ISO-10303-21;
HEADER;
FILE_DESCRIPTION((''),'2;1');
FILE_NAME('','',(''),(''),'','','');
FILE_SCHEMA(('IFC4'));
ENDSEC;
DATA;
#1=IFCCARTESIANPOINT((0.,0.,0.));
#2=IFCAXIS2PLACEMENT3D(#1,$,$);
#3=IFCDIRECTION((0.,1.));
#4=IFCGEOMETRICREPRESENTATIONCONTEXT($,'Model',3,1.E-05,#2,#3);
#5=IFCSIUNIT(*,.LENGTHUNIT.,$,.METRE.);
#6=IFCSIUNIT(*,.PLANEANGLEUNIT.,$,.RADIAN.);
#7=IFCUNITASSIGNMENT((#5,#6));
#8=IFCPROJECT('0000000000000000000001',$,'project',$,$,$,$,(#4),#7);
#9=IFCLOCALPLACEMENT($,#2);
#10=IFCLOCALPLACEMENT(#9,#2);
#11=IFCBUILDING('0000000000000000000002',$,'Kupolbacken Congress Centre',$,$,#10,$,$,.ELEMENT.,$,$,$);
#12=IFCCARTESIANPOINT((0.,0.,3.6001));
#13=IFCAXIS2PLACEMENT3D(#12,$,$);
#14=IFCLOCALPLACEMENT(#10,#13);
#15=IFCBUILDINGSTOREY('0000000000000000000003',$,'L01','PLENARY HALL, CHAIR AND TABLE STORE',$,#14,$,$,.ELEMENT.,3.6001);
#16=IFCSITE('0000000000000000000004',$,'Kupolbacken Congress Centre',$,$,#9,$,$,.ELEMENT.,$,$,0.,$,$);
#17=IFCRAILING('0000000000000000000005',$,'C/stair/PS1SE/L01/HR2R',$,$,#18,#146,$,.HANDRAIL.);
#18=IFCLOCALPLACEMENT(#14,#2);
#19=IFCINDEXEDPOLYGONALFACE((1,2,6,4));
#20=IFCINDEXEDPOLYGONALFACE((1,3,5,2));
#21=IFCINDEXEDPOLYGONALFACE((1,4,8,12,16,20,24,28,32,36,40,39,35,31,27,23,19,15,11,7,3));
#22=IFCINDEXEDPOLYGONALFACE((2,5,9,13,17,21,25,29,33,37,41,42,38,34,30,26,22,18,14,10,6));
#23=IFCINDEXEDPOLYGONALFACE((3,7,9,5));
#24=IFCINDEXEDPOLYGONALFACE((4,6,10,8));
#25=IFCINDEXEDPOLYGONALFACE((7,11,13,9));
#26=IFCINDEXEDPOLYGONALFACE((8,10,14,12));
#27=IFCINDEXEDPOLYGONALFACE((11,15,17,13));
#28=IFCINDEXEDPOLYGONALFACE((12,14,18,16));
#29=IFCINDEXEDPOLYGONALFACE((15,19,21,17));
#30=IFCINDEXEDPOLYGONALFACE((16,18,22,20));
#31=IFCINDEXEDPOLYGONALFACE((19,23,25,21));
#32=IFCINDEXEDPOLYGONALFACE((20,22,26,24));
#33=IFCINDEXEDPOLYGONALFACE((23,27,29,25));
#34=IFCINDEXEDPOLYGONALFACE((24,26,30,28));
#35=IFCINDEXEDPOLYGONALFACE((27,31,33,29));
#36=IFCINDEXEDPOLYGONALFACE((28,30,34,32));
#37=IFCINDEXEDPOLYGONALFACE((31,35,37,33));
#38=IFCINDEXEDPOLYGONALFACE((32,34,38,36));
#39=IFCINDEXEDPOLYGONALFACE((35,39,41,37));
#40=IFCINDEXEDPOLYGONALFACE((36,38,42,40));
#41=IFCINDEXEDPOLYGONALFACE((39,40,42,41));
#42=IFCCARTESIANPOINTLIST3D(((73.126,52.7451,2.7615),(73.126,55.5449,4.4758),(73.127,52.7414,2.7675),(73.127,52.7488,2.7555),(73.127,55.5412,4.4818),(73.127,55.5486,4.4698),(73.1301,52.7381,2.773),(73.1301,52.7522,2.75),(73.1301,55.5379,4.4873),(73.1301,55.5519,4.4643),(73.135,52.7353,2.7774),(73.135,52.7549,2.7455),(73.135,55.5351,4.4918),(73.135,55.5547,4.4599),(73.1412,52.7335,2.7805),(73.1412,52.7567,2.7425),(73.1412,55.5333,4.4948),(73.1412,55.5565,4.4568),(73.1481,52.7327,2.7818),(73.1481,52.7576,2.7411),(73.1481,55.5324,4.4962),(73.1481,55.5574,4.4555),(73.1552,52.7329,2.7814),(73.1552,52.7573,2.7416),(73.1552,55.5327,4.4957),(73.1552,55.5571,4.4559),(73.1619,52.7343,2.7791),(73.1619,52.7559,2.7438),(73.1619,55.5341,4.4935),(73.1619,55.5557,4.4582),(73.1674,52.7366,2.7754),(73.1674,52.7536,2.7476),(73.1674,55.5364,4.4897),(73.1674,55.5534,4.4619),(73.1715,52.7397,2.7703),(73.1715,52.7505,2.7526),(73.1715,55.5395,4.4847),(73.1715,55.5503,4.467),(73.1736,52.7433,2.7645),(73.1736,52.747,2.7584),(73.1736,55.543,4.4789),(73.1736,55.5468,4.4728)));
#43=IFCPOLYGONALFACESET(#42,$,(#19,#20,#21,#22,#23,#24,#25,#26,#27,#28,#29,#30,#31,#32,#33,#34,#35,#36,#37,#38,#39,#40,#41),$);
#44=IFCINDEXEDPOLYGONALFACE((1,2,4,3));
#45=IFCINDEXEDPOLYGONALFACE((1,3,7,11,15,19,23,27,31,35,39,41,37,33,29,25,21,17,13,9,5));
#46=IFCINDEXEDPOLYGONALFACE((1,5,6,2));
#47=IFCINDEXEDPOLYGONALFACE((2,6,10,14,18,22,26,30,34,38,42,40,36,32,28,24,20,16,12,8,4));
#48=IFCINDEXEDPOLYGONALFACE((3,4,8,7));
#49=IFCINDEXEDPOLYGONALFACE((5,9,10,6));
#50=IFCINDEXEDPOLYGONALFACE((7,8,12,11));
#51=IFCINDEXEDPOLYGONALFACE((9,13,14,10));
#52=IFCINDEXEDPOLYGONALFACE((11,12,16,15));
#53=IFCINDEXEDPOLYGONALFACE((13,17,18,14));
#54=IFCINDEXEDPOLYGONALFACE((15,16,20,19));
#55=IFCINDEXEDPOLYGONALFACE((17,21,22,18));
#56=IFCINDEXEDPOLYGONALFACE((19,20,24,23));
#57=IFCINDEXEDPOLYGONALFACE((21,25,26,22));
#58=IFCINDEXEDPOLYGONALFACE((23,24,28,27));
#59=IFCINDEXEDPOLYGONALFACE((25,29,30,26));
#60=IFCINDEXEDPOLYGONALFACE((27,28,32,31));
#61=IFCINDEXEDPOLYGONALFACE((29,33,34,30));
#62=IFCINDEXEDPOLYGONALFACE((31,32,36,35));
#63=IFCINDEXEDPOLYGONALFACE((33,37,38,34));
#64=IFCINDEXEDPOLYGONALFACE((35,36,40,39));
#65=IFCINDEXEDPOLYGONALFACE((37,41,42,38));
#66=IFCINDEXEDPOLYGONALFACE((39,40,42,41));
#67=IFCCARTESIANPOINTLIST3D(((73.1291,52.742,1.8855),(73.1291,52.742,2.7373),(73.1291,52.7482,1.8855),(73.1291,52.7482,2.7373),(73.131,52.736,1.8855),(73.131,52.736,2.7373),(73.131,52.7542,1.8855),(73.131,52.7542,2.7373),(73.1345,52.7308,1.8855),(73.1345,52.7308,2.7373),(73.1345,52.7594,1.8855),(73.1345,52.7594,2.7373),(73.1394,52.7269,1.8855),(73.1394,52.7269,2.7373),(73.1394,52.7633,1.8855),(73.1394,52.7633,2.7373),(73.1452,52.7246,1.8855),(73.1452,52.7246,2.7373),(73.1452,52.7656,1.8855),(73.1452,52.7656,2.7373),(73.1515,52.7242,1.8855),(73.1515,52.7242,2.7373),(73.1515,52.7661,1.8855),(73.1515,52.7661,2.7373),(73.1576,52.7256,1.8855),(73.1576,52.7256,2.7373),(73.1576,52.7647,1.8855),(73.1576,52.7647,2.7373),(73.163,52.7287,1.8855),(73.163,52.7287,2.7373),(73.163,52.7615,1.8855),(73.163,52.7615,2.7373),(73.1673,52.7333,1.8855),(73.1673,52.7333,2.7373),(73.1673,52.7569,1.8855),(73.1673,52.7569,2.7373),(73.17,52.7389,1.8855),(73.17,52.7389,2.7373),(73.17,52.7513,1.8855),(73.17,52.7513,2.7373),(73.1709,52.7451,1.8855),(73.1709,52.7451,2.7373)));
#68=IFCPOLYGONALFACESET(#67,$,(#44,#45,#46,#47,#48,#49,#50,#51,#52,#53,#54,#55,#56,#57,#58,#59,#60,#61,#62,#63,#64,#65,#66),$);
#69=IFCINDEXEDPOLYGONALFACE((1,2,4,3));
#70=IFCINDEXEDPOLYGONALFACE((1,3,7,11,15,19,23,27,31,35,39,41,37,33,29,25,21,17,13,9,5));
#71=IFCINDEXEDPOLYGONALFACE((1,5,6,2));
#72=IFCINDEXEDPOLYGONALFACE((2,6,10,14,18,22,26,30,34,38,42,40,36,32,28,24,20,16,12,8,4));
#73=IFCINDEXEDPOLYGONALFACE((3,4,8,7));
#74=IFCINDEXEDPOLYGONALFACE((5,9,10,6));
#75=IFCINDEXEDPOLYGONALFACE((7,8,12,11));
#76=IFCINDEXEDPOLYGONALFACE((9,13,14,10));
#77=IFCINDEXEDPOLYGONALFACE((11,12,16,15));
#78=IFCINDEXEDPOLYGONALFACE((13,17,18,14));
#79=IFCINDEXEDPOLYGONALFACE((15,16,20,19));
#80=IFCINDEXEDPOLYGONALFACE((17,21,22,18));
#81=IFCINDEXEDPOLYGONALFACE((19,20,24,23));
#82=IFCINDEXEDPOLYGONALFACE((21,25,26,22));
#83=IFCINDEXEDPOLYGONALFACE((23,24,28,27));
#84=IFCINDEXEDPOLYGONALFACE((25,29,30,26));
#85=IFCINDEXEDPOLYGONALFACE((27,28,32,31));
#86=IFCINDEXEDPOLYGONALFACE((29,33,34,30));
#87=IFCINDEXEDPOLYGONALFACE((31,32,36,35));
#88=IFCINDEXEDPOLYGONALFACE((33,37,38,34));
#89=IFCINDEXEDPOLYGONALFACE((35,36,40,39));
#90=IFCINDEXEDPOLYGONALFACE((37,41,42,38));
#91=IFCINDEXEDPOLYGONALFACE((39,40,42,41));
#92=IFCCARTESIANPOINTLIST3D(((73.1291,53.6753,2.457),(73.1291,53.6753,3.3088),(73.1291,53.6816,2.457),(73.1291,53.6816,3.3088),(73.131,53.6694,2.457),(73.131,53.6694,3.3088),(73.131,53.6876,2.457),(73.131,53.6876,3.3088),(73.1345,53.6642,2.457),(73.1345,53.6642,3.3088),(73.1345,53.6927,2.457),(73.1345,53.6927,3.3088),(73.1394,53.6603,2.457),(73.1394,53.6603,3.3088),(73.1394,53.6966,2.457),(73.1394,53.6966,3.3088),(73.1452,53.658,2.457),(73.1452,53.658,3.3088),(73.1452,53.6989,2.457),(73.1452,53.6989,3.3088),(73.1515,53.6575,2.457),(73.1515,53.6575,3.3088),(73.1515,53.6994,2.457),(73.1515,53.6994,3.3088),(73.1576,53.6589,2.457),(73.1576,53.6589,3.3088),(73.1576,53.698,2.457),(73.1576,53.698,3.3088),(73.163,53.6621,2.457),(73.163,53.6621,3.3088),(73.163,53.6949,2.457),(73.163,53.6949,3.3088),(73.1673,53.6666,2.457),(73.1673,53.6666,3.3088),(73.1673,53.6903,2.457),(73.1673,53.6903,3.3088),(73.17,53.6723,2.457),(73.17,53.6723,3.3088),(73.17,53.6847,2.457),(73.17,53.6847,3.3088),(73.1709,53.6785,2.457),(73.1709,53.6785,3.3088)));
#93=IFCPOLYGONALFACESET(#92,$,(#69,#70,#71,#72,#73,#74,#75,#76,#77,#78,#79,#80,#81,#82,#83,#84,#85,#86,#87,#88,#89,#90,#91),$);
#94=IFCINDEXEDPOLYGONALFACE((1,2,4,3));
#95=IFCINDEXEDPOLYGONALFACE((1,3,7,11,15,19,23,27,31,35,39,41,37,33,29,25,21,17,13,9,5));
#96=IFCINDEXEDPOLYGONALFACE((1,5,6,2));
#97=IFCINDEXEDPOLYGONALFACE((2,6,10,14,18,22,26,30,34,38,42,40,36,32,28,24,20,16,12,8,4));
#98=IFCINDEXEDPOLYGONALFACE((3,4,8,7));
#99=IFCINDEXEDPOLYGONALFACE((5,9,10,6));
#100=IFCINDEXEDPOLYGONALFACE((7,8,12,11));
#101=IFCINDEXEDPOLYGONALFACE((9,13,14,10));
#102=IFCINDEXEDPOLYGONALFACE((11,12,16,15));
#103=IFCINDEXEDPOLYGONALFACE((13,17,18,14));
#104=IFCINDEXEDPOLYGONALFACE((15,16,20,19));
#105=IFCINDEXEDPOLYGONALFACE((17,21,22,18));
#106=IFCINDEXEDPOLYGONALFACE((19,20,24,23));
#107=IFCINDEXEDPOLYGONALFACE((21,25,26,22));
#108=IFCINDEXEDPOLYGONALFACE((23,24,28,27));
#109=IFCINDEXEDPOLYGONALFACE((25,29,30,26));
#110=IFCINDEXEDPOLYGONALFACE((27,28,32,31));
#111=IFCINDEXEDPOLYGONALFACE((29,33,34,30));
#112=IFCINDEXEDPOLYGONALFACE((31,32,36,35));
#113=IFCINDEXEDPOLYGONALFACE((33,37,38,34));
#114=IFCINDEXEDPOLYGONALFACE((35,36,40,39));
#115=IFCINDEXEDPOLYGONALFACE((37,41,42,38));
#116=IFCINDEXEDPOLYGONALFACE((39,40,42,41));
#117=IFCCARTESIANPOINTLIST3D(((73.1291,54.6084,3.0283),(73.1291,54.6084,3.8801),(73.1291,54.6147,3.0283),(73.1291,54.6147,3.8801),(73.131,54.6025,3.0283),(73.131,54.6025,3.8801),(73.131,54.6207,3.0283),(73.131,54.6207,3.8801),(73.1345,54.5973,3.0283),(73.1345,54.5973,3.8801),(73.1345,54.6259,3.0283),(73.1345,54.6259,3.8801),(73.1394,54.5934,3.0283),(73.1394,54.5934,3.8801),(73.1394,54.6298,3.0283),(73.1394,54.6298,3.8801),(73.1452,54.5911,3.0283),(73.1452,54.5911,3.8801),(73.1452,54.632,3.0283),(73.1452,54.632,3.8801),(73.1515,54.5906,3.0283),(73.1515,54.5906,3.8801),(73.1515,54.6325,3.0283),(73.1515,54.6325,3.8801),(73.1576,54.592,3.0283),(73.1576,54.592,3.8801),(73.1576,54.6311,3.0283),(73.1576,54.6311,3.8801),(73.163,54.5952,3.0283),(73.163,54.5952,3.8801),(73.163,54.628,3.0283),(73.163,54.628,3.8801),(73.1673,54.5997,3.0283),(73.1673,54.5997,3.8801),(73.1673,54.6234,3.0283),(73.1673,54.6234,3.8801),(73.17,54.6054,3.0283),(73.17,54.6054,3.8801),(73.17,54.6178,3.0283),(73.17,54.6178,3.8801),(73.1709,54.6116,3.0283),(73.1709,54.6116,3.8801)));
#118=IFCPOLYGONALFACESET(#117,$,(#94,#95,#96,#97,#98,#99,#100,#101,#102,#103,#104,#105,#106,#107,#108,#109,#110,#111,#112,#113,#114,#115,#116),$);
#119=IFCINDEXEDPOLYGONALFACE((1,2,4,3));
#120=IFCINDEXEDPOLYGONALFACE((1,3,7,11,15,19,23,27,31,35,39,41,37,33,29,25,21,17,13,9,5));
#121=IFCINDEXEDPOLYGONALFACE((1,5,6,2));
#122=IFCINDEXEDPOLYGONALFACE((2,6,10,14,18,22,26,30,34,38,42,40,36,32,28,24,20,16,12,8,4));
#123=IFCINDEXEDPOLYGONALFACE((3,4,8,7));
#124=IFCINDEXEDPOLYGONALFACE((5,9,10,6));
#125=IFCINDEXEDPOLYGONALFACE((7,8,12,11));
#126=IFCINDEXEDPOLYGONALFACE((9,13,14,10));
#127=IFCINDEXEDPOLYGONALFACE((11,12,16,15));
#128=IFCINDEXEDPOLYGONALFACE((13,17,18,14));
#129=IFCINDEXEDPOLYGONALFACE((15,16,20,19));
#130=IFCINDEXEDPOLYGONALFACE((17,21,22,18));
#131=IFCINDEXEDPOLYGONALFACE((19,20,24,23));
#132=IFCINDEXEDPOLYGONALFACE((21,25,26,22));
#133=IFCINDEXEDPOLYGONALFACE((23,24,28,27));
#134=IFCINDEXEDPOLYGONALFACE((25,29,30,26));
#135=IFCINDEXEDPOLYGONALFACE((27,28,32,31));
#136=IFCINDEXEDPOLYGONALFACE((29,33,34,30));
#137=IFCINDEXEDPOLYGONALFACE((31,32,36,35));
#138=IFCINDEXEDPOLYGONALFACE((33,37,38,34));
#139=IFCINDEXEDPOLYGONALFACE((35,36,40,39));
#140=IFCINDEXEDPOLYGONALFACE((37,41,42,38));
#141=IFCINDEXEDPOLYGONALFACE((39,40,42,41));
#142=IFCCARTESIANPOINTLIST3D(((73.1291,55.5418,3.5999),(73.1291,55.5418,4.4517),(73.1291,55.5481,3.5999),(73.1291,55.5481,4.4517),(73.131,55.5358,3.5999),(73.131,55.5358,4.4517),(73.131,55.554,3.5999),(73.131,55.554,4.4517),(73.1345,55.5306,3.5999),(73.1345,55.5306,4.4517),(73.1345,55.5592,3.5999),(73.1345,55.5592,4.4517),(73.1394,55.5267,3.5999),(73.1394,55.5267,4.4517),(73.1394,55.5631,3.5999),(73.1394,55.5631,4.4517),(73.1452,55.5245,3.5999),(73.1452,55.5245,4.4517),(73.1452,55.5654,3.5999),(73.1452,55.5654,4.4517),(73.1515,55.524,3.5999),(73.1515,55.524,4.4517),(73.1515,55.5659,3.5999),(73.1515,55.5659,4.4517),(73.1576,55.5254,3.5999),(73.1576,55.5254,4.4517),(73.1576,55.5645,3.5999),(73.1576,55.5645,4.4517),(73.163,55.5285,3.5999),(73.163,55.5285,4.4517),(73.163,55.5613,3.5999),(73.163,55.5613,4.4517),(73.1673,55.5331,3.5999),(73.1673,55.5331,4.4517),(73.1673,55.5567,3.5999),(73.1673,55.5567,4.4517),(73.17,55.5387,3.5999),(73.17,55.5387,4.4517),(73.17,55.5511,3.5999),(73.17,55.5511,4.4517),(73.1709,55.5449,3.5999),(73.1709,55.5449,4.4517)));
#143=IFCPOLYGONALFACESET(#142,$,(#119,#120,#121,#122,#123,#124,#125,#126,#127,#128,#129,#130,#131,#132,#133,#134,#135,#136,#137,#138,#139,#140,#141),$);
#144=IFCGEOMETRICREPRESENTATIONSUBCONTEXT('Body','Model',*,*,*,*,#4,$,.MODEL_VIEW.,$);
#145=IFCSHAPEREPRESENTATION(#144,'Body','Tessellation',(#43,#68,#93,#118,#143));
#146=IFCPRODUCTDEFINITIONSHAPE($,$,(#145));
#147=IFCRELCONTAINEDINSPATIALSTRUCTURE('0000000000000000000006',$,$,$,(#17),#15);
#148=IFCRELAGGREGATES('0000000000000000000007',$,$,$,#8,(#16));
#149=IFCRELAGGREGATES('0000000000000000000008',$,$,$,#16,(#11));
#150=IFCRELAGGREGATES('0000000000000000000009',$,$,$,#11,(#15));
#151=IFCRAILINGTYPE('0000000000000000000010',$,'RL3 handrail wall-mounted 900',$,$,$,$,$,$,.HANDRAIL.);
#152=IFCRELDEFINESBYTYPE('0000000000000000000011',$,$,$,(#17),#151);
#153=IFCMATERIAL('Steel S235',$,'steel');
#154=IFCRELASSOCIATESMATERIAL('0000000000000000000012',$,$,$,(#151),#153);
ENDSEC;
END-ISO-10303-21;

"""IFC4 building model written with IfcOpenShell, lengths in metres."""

from ifc_helpers import new_model, si_unit, direction, frame, origin, origin_2d, place, context, subcontext, project, spatial, circle, extrude, material, type_object, element, save


model = new_model("IFC4")

# Units and contexts
model_context = context("Model", 3, precision=1e-05, world=origin(), true_north=direction((0.0, 1.0)))
body_context = subcontext(model_context, "Body", "Model", "MODEL_VIEW")
ifc_project = project(units=[si_unit("LENGTHUNIT", "METRE"), si_unit("PLANEANGLEUNIT", "RADIAN")], contexts=[model_context])

# Site, building, storey
site_placement = place(None, origin())
site = spatial("IfcSite", under=ifc_project, at=site_placement, Name="Kupolbacken Congress Centre", CompositionType="ELEMENT", RefElevation=0.0)
building_placement = place(site_placement, origin())
building = spatial("IfcBuilding", under=site, at=building_placement, Name="Kupolbacken Congress Centre", CompositionType="ELEMENT")
storey_placement = place(building_placement, frame((0.0, 0.0, 3.6001)))
storey = spatial("IfcBuildingStorey", under=building, at=storey_placement, Name="L01", Description="PLENARY HALL, CHAIR AND TABLE STORE", CompositionType="ELEMENT", Elevation=3.6001)

# Railing
ifc_material_1 = material(Name="Steel S235", Category="steel")
railing_type = type_object("IfcRailingType", Name="RL3 handrail wall-mounted 900", PredefinedType="HANDRAIL", material=ifc_material_1)
for number, where, name in (
    (1, (73.1499, 52.7451, 1.8855), "C/stair/PS1SE/L01/HR2R"),
):
    element("IfcRailing", number, at=place(storey_placement, frame(where)), inside=storey, type_object=railing_type, Name=name, PredefinedType="HANDRAIL", context=body_context, shape_type="SweptSolid", body=[
        extrude(circle(Radius=0.0239, at=origin_2d()), frame((0.0, 0.0, 0.876), z_axis=(0.0, 0.852826, 0.522196), x_axis=(-1.0, 0.0, 0.0)), (0.0, 0.0, 1.0), 3.283),
        extrude(circle(Radius=0.021, at=origin_2d()), origin(), (0.0, 0.0, 1.0), 0.8518),
        extrude(circle(Radius=0.021, at=origin_2d()), frame((0.0, 0.9333, 0.5715)), (0.0, 0.0, 1.0), 0.8518),
        extrude(circle(Radius=0.021, at=origin_2d()), frame((0.0, 1.8665, 1.1428)), (0.0, 0.0, 1.0), 0.8518),
        extrude(circle(Radius=0.021, at=origin_2d()), frame((0.0, 2.7998, 1.7144)), (0.0, 0.0, 1.0), 0.8518),
    ])

save(model, "model.ifc")
